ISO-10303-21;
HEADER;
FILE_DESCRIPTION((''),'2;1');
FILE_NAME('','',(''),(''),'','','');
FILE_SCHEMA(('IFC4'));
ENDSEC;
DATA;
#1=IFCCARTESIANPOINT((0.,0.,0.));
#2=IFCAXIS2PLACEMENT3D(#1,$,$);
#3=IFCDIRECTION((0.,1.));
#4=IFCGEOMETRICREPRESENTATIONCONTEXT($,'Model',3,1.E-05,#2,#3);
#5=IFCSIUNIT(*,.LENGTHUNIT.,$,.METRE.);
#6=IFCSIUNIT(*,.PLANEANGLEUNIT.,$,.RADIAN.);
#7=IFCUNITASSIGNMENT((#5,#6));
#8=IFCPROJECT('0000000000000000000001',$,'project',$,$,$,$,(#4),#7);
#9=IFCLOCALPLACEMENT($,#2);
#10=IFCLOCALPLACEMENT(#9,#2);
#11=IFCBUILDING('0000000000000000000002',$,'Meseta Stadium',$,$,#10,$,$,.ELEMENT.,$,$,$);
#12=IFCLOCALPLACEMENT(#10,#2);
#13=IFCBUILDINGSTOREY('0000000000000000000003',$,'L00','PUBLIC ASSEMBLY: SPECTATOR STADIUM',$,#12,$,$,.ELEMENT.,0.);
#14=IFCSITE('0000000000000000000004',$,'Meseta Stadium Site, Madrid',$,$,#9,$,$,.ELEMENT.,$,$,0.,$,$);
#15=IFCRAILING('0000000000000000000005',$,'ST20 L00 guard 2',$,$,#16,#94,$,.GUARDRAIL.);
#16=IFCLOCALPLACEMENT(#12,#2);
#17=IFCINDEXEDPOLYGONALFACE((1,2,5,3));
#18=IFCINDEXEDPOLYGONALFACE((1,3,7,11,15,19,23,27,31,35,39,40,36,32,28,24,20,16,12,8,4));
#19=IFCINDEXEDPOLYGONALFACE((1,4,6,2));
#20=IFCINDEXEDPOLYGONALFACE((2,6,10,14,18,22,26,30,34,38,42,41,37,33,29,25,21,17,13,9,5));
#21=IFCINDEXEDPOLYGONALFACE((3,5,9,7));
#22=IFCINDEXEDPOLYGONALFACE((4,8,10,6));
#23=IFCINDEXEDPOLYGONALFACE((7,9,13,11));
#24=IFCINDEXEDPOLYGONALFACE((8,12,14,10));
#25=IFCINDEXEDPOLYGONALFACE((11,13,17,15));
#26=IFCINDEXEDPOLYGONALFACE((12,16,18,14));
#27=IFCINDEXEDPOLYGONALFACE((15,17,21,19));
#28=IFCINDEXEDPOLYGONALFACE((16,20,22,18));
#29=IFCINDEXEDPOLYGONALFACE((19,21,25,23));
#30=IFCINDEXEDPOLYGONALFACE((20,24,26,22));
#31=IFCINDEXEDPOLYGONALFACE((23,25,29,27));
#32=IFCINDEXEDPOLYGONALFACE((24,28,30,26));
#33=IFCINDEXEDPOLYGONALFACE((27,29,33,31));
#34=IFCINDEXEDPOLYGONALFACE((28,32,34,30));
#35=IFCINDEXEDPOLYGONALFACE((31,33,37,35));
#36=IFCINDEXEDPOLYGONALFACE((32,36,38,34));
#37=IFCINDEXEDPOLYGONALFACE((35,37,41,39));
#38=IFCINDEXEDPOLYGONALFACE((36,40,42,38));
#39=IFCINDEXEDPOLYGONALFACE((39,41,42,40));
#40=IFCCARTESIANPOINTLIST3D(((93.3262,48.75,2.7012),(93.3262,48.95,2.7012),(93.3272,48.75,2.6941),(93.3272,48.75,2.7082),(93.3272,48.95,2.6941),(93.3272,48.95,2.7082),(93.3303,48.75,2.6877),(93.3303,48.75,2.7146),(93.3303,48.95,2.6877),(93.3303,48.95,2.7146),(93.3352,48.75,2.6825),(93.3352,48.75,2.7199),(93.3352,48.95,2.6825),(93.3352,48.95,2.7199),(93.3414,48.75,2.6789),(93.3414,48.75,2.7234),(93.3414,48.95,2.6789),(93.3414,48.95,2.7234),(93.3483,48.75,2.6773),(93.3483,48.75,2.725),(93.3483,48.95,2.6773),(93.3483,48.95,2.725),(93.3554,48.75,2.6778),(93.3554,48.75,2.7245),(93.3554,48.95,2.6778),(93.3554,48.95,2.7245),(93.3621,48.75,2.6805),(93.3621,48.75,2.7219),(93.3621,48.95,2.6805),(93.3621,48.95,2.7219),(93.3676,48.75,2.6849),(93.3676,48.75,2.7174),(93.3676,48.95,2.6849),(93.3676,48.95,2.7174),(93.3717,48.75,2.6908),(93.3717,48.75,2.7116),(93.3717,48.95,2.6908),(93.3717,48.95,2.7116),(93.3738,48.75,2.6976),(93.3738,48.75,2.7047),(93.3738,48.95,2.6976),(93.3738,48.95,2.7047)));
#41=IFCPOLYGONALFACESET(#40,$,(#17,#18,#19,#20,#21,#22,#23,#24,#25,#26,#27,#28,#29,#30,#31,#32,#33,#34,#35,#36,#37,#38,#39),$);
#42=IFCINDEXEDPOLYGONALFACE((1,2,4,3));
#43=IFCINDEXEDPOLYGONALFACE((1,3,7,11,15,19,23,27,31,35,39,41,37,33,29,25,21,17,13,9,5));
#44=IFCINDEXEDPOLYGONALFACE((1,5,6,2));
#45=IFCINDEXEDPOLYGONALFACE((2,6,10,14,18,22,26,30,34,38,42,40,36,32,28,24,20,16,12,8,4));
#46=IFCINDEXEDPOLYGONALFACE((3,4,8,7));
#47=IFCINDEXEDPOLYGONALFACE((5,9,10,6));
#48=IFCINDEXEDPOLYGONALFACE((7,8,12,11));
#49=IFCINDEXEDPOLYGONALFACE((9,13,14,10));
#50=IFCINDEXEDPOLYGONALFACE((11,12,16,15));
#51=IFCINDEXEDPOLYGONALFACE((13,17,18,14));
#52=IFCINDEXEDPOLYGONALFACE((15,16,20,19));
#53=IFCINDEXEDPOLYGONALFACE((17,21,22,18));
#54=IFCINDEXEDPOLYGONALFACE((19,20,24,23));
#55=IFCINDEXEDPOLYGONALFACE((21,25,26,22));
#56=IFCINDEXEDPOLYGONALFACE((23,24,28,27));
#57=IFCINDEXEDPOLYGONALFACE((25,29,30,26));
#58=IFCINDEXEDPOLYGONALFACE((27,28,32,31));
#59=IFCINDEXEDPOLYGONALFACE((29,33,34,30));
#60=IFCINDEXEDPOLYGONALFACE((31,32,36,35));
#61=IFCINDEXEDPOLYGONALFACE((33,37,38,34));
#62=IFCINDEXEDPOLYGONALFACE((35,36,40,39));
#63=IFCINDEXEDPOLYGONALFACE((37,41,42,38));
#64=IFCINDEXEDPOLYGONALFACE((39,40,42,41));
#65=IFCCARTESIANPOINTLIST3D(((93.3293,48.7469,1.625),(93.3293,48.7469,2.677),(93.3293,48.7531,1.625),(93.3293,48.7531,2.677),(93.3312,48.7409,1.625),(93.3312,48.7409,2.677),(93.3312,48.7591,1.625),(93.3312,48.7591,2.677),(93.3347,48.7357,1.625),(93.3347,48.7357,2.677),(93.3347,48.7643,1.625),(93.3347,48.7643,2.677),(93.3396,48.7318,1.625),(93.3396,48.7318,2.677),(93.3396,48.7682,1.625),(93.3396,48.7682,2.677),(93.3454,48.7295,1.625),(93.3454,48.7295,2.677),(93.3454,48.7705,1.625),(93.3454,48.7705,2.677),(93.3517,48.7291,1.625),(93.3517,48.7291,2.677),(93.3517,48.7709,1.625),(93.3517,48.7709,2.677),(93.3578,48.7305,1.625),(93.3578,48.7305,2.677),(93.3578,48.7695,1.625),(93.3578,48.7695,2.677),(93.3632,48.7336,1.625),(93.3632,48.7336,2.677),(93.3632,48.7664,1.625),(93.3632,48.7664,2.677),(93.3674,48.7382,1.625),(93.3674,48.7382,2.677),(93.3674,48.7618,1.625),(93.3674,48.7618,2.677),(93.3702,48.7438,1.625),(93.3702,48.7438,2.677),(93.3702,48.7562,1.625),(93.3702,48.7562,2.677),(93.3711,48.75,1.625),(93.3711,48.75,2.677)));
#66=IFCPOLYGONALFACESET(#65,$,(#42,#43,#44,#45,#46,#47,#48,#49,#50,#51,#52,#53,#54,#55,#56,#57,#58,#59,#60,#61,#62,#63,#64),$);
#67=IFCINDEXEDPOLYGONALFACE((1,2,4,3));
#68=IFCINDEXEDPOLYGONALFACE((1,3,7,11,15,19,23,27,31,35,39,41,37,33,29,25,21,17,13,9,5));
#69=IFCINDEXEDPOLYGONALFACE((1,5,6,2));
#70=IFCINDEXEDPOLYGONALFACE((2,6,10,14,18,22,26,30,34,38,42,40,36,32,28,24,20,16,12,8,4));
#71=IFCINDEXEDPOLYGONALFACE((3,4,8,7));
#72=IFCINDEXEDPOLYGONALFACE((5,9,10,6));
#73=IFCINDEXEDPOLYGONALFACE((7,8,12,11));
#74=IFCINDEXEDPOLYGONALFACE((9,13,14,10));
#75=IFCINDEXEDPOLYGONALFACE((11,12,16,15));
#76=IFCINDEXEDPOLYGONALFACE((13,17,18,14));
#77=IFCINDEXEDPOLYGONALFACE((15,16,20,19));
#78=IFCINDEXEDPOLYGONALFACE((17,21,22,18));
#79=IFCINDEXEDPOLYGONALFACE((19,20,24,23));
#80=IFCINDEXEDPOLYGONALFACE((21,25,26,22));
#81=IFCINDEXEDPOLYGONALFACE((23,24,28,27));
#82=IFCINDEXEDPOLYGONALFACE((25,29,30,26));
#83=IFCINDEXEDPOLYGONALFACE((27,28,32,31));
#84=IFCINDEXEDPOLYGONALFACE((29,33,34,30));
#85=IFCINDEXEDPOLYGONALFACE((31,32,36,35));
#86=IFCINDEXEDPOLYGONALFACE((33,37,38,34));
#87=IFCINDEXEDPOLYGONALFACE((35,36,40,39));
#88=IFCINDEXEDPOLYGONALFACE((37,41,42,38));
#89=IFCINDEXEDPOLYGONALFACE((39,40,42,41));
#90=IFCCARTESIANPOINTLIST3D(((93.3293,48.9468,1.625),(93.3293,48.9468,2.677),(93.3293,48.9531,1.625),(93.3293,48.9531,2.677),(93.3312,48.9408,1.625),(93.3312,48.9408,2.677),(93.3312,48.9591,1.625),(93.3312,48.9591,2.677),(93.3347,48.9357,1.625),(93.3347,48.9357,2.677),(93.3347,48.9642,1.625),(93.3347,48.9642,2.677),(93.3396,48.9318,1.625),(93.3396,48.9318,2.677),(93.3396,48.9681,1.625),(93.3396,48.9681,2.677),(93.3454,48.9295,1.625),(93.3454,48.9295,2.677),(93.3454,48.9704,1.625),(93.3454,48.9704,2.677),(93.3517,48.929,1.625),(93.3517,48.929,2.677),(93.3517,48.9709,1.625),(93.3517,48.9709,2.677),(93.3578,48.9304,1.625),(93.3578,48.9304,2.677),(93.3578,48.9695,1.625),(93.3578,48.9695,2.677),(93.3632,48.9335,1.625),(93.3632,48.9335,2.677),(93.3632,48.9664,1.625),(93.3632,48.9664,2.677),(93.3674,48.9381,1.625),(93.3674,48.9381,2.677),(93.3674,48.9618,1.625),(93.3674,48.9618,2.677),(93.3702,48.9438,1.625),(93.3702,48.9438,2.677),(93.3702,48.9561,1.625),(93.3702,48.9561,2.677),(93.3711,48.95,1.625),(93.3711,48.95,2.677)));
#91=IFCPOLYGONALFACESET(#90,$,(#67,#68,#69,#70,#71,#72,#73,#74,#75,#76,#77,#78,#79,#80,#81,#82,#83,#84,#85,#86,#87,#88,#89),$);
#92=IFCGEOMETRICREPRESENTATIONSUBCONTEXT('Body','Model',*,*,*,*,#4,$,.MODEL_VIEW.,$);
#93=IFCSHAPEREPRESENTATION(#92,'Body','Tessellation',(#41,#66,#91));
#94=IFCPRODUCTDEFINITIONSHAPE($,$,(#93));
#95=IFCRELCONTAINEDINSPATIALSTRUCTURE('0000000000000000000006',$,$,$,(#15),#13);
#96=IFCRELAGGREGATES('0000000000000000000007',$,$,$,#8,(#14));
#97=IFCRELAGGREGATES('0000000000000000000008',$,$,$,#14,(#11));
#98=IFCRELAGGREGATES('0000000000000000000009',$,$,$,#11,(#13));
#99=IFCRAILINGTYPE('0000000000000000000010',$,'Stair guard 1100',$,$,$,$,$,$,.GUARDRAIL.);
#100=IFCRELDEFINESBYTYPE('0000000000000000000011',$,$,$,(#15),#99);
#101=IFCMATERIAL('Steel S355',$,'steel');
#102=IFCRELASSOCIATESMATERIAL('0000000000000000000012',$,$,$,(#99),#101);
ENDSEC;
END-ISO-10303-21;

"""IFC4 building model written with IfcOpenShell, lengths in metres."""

from ifc_helpers import new_model, si_unit, direction, frame, origin, origin_2d, place, context, subcontext, project, spatial, circle, extrude, material, type_object, element, save


model = new_model("IFC4")

# Units and contexts
model_context = context("Model", 3, precision=1e-05, world=origin(), true_north=direction((0.0, 1.0)))
body_context = subcontext(model_context, "Body", "Model", "MODEL_VIEW")
ifc_project = project(units=[si_unit("LENGTHUNIT", "METRE"), si_unit("PLANEANGLEUNIT", "RADIAN")], contexts=[model_context])

# Site, building, storey
site_placement = place(None, origin())
site = spatial("IfcSite", under=ifc_project, at=site_placement, Name="Meseta Stadium Site, Madrid", CompositionType="ELEMENT", RefElevation=0.0)
building_placement = place(site_placement, origin())
building = spatial("IfcBuilding", under=site, at=building_placement, Name="Meseta Stadium", CompositionType="ELEMENT")
storey_placement = place(building_placement, origin())
storey = spatial("IfcBuildingStorey", under=building, at=storey_placement, Name="L00", Description="PUBLIC ASSEMBLY: SPECTATOR STADIUM", CompositionType="ELEMENT", Elevation=0.0)

# Railing
ifc_material_1 = material(Name="Steel S355", Category="steel")
railing_type_1 = type_object("IfcRailingType", Name="Stair guard 1100", PredefinedType="GUARDRAIL", material=ifc_material_1)
railing_1_placement = place(storey_placement, frame((93.3501, 48.75, 1.625)))
element("IfcRailing", 1, at=railing_1_placement, inside=storey, type_object=railing_type_1, Name="ST20 L00 guard 2", PredefinedType="GUARDRAIL", context=body_context, shape_type="SweptSolid", body=[
    extrude(circle(Radius=0.0239, at=origin_2d()), frame((0.0, 0.0, 1.0762), z_axis=(0.0, 1.0, 0.0), x_axis=(-1.0, 0.0, 0.0)), (0.0, 0.0, 1.0), 0.2),
    extrude(circle(Radius=0.021, at=origin_2d()), origin(), (0.0, 0.0, 1.0), 1.052),
    extrude(circle(Radius=0.021, at=origin_2d()), frame((0.0, 0.2, 0.0)), (0.0, 0.0, 1.0), 1.052),
])

save(model, "model.ifc")
